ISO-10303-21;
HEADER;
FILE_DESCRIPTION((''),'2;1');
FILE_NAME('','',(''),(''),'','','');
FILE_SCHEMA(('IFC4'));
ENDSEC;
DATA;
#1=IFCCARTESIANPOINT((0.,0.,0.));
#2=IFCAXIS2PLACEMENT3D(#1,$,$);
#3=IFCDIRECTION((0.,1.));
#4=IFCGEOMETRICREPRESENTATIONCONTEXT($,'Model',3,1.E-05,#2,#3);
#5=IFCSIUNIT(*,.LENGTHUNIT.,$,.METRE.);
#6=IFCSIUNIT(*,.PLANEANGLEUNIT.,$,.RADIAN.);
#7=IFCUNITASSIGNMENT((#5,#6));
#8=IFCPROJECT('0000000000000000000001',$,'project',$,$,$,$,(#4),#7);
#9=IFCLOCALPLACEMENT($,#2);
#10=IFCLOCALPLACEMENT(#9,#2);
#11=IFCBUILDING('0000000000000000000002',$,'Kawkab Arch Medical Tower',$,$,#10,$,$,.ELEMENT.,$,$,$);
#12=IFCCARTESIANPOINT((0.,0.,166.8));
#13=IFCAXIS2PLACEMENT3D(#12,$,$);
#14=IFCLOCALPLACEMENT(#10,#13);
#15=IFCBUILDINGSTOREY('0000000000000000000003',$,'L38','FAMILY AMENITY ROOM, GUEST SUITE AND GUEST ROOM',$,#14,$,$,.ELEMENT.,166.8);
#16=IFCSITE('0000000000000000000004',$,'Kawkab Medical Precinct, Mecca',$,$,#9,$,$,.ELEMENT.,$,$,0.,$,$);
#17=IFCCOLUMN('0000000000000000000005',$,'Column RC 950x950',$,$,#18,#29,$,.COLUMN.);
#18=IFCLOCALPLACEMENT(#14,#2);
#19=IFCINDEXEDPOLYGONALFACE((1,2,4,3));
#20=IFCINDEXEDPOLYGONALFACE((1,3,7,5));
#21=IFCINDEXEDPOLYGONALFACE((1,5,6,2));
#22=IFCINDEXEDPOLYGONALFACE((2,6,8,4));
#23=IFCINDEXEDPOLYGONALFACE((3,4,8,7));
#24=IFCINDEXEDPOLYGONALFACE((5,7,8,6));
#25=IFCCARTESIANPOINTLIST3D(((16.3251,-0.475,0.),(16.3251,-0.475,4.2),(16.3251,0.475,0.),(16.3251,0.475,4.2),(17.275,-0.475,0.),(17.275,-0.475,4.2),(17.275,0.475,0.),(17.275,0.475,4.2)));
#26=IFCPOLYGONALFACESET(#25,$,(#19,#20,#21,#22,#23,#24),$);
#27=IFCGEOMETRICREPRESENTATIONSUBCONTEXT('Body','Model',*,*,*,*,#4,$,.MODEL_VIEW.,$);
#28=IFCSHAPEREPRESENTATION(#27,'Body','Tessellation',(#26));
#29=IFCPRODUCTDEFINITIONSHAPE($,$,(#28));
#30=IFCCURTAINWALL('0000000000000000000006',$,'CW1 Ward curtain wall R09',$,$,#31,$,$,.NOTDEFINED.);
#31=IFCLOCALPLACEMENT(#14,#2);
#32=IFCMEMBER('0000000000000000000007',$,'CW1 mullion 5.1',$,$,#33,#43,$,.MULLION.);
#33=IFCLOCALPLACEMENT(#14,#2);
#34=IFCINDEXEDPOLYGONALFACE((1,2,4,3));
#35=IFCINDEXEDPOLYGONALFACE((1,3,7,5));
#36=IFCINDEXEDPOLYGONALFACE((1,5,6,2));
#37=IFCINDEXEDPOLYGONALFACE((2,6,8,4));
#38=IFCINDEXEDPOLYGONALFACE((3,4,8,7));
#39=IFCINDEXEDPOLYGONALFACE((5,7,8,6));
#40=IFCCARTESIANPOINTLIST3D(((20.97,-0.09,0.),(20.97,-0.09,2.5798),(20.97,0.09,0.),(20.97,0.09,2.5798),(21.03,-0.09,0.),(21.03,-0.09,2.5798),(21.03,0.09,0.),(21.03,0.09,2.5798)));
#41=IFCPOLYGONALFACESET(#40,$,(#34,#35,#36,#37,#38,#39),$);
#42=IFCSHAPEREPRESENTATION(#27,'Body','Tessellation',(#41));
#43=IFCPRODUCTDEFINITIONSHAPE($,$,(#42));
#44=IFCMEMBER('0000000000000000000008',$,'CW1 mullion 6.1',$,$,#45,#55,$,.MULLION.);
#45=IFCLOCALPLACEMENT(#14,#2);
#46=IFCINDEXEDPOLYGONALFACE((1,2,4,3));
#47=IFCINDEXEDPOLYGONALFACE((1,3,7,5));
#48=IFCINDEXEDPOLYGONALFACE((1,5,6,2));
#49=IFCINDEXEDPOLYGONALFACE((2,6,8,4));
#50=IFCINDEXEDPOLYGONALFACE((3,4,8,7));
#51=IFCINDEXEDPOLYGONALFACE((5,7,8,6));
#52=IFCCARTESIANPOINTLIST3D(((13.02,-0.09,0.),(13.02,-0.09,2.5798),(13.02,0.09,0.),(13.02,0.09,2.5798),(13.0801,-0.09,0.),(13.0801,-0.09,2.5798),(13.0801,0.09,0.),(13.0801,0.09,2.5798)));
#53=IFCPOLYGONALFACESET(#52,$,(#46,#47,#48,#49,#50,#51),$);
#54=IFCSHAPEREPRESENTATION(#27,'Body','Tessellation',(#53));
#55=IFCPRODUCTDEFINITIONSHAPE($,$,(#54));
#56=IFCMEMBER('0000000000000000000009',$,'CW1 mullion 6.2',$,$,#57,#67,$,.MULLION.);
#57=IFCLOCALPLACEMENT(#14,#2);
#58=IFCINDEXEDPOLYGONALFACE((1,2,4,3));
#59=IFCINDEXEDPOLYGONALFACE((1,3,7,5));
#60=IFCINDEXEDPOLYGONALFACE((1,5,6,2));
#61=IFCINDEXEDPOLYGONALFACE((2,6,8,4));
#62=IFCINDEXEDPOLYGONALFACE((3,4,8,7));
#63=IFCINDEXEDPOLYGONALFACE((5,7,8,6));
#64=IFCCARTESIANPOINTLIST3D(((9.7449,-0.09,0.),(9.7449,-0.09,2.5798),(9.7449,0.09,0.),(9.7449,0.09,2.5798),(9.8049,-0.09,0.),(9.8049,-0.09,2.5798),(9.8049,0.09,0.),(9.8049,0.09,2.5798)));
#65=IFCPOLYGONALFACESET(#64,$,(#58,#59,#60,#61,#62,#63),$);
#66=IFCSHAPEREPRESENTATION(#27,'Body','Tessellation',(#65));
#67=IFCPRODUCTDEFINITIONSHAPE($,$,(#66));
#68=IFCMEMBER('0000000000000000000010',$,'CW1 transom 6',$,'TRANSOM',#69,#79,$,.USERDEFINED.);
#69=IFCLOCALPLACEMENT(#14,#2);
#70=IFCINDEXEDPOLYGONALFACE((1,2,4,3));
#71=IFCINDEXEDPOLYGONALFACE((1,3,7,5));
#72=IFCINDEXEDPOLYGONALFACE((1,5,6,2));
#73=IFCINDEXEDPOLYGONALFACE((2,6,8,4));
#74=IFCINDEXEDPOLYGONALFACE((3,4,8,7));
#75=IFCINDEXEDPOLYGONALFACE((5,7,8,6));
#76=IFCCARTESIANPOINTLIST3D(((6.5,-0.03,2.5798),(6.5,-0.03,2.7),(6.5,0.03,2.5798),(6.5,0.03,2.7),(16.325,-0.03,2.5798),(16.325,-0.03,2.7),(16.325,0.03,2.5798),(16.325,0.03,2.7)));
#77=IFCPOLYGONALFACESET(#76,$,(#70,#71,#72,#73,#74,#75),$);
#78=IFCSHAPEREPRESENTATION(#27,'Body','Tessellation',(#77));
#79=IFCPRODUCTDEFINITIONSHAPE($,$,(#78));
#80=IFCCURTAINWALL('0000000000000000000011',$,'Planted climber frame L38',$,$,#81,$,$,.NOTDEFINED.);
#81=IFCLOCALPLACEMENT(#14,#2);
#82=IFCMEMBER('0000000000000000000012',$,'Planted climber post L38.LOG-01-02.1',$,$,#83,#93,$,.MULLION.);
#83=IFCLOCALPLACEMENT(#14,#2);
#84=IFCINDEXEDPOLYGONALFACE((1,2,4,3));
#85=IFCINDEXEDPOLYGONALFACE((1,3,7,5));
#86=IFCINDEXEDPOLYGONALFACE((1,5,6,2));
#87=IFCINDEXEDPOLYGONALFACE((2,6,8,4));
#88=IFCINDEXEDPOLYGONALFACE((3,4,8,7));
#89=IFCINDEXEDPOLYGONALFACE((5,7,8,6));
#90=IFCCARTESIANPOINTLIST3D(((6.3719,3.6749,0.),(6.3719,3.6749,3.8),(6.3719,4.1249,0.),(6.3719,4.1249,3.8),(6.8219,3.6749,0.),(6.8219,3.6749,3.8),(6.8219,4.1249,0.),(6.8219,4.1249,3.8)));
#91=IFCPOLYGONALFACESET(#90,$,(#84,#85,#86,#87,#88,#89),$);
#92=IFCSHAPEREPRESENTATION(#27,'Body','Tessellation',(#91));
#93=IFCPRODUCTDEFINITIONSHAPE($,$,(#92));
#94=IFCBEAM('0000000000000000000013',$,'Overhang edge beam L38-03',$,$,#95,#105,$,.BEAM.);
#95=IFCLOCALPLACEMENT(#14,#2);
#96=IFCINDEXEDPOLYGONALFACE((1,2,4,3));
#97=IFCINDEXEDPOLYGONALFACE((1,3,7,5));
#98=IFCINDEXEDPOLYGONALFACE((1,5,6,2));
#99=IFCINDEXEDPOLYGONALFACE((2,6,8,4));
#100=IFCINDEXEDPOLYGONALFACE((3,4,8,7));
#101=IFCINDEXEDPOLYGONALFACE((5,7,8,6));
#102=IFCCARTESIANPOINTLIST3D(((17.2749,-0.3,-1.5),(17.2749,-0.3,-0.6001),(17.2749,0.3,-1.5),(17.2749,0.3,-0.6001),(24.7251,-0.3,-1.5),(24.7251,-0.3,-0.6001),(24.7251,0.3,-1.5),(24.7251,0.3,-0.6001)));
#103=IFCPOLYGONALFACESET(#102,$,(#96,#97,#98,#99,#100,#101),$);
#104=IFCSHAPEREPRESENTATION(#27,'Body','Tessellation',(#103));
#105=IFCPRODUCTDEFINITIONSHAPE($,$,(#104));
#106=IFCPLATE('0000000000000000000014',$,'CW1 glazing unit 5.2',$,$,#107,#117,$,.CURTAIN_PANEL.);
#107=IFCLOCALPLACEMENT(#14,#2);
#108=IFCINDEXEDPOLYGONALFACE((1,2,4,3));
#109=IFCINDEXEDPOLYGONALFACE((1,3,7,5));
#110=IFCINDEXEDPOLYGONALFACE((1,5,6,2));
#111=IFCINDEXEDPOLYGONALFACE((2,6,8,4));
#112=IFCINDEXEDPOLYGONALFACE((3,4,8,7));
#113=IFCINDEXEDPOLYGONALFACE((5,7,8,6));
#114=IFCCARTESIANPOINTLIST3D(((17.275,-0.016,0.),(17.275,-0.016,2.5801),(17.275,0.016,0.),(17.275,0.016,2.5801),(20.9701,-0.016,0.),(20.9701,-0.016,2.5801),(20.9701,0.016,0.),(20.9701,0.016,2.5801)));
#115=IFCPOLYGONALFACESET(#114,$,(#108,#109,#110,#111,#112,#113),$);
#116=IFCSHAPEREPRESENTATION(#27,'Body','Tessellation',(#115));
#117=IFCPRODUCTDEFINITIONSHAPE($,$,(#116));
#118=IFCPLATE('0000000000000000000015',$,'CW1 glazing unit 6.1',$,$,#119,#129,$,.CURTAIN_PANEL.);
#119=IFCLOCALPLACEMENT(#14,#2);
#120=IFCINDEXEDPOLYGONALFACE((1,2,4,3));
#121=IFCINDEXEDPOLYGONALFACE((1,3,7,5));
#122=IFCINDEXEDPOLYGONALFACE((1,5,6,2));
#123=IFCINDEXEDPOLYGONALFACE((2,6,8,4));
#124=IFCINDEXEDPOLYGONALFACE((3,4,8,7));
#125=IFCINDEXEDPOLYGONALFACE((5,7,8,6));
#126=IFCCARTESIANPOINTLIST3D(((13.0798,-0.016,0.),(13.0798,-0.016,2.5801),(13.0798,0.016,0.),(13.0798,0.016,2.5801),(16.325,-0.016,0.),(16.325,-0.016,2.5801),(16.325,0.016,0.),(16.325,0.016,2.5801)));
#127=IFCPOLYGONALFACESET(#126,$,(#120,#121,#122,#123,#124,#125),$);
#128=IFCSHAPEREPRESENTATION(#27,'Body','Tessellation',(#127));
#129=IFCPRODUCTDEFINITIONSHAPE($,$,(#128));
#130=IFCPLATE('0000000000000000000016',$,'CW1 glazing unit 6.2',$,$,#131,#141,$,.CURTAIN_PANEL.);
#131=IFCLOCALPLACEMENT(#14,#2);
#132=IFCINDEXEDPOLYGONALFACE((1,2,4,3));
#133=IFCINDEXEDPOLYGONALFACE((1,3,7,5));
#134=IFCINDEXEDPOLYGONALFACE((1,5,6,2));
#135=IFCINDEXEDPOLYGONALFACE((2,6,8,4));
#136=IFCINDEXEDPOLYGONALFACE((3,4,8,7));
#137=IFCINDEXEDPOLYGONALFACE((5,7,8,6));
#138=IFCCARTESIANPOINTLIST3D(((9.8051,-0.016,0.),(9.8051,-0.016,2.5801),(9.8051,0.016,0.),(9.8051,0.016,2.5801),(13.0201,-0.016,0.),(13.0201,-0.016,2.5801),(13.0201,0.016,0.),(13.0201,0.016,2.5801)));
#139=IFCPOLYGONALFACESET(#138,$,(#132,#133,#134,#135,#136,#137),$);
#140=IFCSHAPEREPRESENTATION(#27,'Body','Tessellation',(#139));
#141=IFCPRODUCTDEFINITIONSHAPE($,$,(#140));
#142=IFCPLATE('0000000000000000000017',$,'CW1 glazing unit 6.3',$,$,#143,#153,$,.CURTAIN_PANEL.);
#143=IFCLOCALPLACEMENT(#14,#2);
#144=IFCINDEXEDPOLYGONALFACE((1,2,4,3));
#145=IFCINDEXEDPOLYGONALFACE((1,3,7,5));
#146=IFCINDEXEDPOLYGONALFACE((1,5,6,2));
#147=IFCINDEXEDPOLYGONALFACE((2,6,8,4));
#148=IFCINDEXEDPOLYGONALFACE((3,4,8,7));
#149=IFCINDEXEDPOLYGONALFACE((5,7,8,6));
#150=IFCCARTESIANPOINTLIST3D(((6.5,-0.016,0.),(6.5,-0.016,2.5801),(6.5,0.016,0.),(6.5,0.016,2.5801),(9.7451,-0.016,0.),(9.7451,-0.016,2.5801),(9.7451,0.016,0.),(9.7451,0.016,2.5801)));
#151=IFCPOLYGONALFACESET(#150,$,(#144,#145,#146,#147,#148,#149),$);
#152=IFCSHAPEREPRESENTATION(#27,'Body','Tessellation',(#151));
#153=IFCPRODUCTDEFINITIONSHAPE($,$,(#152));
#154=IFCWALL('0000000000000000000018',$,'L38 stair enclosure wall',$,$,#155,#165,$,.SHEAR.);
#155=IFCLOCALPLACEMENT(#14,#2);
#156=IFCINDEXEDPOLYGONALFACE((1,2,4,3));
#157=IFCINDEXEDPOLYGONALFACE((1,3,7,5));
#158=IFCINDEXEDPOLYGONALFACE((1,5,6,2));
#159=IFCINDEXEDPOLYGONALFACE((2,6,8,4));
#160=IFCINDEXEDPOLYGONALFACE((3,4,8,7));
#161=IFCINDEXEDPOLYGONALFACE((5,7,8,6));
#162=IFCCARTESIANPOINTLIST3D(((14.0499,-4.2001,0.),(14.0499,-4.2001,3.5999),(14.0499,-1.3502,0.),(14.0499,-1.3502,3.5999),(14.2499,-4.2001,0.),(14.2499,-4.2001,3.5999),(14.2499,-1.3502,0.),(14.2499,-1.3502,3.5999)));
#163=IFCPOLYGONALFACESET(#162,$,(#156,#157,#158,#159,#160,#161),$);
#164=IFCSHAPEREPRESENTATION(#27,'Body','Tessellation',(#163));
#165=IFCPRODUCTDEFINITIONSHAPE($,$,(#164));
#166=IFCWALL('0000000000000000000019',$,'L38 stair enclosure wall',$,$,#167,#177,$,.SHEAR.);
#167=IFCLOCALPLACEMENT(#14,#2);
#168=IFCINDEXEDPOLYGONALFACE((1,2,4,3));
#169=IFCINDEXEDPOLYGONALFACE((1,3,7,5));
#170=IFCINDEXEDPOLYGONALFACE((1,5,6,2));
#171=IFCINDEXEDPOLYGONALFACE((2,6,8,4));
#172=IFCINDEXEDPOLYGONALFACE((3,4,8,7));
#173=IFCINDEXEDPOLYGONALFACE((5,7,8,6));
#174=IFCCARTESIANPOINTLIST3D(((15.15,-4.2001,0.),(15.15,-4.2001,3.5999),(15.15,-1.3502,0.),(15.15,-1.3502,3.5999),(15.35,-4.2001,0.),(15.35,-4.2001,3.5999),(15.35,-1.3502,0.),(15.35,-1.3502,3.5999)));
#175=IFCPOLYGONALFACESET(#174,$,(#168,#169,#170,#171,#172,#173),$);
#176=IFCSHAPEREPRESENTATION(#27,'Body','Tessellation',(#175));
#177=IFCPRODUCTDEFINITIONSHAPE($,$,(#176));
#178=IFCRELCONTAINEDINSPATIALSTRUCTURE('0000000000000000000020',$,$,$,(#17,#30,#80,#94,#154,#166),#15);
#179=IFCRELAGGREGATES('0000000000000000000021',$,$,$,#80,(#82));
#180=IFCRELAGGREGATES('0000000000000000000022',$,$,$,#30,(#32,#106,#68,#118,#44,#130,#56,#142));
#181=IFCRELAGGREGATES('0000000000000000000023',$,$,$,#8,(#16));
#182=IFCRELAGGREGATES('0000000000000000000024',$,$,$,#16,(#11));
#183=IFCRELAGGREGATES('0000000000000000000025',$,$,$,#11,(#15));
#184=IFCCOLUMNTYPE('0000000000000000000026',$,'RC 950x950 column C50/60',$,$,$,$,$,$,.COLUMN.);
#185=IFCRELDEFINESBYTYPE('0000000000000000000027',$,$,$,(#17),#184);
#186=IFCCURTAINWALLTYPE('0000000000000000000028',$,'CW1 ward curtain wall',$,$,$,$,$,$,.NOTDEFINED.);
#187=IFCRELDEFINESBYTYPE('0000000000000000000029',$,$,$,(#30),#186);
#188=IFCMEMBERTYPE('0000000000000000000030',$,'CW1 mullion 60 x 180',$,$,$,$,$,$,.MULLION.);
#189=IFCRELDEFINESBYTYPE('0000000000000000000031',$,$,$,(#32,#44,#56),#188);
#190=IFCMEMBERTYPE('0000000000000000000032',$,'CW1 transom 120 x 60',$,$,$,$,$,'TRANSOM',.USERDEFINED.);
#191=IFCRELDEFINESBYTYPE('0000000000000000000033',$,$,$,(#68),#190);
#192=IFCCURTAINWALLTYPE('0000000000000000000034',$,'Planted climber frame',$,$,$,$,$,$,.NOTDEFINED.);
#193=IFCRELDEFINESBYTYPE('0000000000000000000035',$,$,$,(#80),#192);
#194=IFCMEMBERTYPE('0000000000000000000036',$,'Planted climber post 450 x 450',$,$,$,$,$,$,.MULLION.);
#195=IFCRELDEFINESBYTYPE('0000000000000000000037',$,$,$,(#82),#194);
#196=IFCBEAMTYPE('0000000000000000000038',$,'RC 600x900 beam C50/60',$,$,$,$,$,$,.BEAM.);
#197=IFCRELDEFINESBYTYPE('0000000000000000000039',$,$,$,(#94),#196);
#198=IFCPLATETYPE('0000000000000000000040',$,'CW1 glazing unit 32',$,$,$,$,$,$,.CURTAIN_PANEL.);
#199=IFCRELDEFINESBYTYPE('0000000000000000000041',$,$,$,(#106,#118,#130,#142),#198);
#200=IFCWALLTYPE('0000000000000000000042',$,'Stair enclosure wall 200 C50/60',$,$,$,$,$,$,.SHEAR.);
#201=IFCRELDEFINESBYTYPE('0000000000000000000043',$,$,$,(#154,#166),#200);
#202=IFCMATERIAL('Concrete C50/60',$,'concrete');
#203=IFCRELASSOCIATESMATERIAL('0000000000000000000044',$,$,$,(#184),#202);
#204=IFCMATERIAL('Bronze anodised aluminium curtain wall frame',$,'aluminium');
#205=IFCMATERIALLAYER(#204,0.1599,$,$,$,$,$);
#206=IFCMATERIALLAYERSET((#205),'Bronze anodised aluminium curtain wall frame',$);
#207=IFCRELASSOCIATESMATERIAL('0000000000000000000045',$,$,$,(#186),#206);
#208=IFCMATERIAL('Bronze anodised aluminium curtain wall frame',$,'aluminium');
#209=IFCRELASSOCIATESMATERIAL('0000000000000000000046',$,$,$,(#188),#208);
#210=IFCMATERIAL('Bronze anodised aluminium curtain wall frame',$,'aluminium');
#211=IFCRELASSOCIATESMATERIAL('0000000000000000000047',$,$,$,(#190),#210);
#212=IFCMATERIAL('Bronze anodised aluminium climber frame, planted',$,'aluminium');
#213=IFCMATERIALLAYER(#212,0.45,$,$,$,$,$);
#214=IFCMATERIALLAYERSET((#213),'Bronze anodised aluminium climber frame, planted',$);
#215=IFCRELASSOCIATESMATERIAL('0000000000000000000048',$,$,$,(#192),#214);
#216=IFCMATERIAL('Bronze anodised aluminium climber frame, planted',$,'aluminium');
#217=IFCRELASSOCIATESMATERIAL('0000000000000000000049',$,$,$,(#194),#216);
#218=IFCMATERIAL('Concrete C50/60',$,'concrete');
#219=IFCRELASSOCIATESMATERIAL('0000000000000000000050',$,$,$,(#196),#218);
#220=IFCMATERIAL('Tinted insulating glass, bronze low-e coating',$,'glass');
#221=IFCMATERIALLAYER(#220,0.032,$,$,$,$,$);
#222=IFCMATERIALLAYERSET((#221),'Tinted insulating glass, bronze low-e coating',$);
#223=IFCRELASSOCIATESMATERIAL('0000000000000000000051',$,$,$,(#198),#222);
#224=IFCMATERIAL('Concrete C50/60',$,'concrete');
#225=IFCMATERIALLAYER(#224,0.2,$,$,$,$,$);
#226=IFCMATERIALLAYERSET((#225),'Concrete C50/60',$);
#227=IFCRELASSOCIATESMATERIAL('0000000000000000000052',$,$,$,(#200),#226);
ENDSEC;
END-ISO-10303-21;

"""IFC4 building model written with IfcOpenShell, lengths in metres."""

from ifc_helpers import new_model, si_unit, direction, frame, frame_2d, origin, origin_2d, place, context, subcontext, project, spatial, rectangle, extrude, material, layer, layer_set, material_profile, profile_set, type_object, element, aggregate, save


model = new_model("IFC4")

# Units and contexts
model_context = context("Model", 3, precision=1e-05, world=origin(), true_north=direction((0.0, 1.0)))
body_context = subcontext(model_context, "Body", "Model", "MODEL_VIEW")
ifc_project = project(units=[si_unit("LENGTHUNIT", "METRE"), si_unit("PLANEANGLEUNIT", "RADIAN")], contexts=[model_context])

# Site, building, storey
site_placement = place(None, origin())
site = spatial("IfcSite", under=ifc_project, at=site_placement, Name="Kawkab Medical Precinct, Mecca", CompositionType="ELEMENT", RefElevation=0.0)
building_placement = place(site_placement, origin())
building = spatial("IfcBuilding", under=site, at=building_placement, Name="Kawkab Arch Medical Tower", CompositionType="ELEMENT")
storey_placement = place(building_placement, frame((0.0, 0.0, 166.8)))
storey = spatial("IfcBuildingStorey", under=building, at=storey_placement, Name="L38", Description="FAMILY AMENITY ROOM, GUEST SUITE AND GUEST ROOM", CompositionType="ELEMENT", Elevation=166.8)

# Column
ifc_material_1 = material(Name="Concrete C50/60", Category="concrete")
ifc_material_profile_1 = material_profile(ifc_material_1, rectangle(XDim=0.95, YDim=0.95, at=origin_2d()), Name="RC 950x950")
ifc_profile_set_1 = profile_set([ifc_material_profile_1], Name="Concrete C50/60")
column_type = type_object("IfcColumnType", Name="RC 950x950 column C50/60", PredefinedType="COLUMN", material=ifc_profile_set_1)
column_placement = place(storey_placement, frame((16.8, 0.0, 0.0), z_axis=(0.0, 0.0, 1.0), x_axis=(1.0, 0.0, 0.0)))
element("IfcColumn", 1, at=column_placement, inside=storey, type_object=column_type, Name="Column RC 950x950", PredefinedType="COLUMN", context=body_context, shape_type="SweptSolid", body=[
    extrude(rectangle(XDim=0.95, YDim=0.95, at=origin_2d()), origin(), (0.0, 0.0, 1.0), 4.2),
])

# Curtain wall, members
ifc_material_2 = material(Name="Bronze anodised aluminium curtain wall frame", Category="aluminium")
ifc_layer_1 = layer(ifc_material_2, 0.1599)
ifc_layer_set_1 = layer_set([ifc_layer_1], Name="Bronze anodised aluminium curtain wall frame")
curtain_wall_type_1 = type_object("IfcCurtainWallType", Name="CW1 ward curtain wall", PredefinedType="NOTDEFINED", material=ifc_layer_set_1)
placement = place(storey_placement, origin())
curtain_wall_1 = element("IfcCurtainWall", 2, at=placement, inside=storey, type_object=curtain_wall_type_1, Name="CW1 Ward curtain wall R09", PredefinedType="NOTDEFINED")
ifc_material_3 = material(Name="Bronze anodised aluminium curtain wall frame", Category="aluminium")
ifc_material_profile_2 = material_profile(ifc_material_3, rectangle(XDim=0.1799, YDim=0.0601, at=origin_2d()), Name="AL 60x180")
ifc_profile_set_2 = profile_set([ifc_material_profile_2], Name="Bronze anodised aluminium curtain wall frame")
member_type_1 = type_object("IfcMemberType", Name="CW1 mullion 60 x 180", PredefinedType="MULLION", material=ifc_profile_set_2)
member_1_placement = place(storey_placement, frame((21.0, 0.0, 0.0), z_axis=(0.0, 0.0, 1.0), x_axis=(0.0, -1.0, 0.0)))
member_1 = element("IfcMember", 3, at=member_1_placement, type_object=member_type_1, Name="CW1 mullion 5.1", PredefinedType="MULLION", context=body_context, shape_type="SweptSolid", body=[
    extrude(rectangle(XDim=0.1799, YDim=0.0601, at=origin_2d()), origin(), (0.0, 0.0, 1.0), 2.5798),
])
member_2_placement = place(storey_placement, frame((13.05, 0.0, 0.0), z_axis=(0.0, 0.0, 1.0), x_axis=(0.0, -1.0, 0.0)))
member_2 = element("IfcMember", 4, at=member_2_placement, type_object=member_type_1, Name="CW1 mullion 6.1", PredefinedType="MULLION", context=body_context, shape_type="SweptSolid", body=[
    extrude(rectangle(XDim=0.1799, YDim=0.0601, at=origin_2d()), origin(), (0.0, 0.0, 1.0), 2.5798),
])
member_3_placement = place(storey_placement, frame((9.7749, 0.0, 0.0), z_axis=(0.0, 0.0, 1.0), x_axis=(0.0, -1.0, 0.0)))
member_3 = element("IfcMember", 5, at=member_3_placement, type_object=member_type_1, Name="CW1 mullion 6.2", PredefinedType="MULLION", context=body_context, shape_type="SweptSolid", body=[
    extrude(rectangle(XDim=0.1799, YDim=0.0601, at=origin_2d()), origin(), (0.0, 0.0, 1.0), 2.5798),
])
ifc_material_4 = material(Name="Bronze anodised aluminium curtain wall frame", Category="aluminium")
ifc_material_profile_3 = material_profile(ifc_material_4, rectangle(XDim=0.0601, YDim=0.1201, at=origin_2d()), Name="AL 60x120")
ifc_profile_set_3 = profile_set([ifc_material_profile_3], Name="Bronze anodised aluminium curtain wall frame")
member_type_2 = type_object("IfcMemberType", Name="CW1 transom 120 x 60", ElementType="TRANSOM", PredefinedType="USERDEFINED", material=ifc_profile_set_3)
member_4_placement = place(storey_placement, frame((16.325, 0.0, 2.6399), z_axis=(-1.0, 0.0, 0.0), x_axis=(0.0, -1.0, 0.0)))
member_4 = element("IfcMember", 6, at=member_4_placement, type_object=member_type_2, Name="CW1 transom 6", ObjectType="TRANSOM", PredefinedType="USERDEFINED", context=body_context, shape_type="SweptSolid", body=[
    extrude(rectangle(XDim=0.0601, YDim=0.1201, at=origin_2d()), origin(), (0.0, 0.0, 1.0), 9.825),
])

# Curtain wall, member
ifc_material_5 = material(Name="Bronze anodised aluminium climber frame, planted", Category="aluminium")
ifc_layer_2 = layer(ifc_material_5, 0.45)
ifc_layer_set_2 = layer_set([ifc_layer_2], Name="Bronze anodised aluminium climber frame, planted")
curtain_wall_type_2 = type_object("IfcCurtainWallType", Name="Planted climber frame", PredefinedType="NOTDEFINED", material=ifc_layer_set_2)
curtain_wall_2 = element("IfcCurtainWall", 7, at=placement, inside=storey, type_object=curtain_wall_type_2, Name="Planted climber frame L38", PredefinedType="NOTDEFINED")
ifc_material_6 = material(Name="Bronze anodised aluminium climber frame, planted", Category="aluminium")
ifc_material_profile_4 = material_profile(ifc_material_6, rectangle(XDim=0.45, YDim=0.45, at=origin_2d()), Name="Post 450x450")
ifc_profile_set_4 = profile_set([ifc_material_profile_4], Name="Bronze anodised aluminium climber frame, planted")
member_type_3 = type_object("IfcMemberType", Name="Planted climber post 450 x 450", PredefinedType="MULLION", material=ifc_profile_set_4)
member_5_placement = place(storey_placement, frame((6.5969, 3.8999, 0.0), z_axis=(0.0, 0.0, 1.0), x_axis=(1.0, 0.0, 0.0)))
member_5 = element("IfcMember", 8, at=member_5_placement, type_object=member_type_3, Name="Planted climber post L38.LOG-01-02.1", PredefinedType="MULLION", context=body_context, shape_type="SweptSolid", body=[
    extrude(rectangle(XDim=0.45, YDim=0.45, at=origin_2d()), origin(), (0.0, 0.0, 1.0), 3.8),
])
aggregate(curtain_wall_2, [member_5])

# Beam
ifc_material_7 = material(Name="Concrete C50/60", Category="concrete")
ifc_material_profile_5 = material_profile(ifc_material_7, rectangle(XDim=0.6001, YDim=0.8999, at=origin_2d()), Name="RC 600x900")
ifc_profile_set_5 = profile_set([ifc_material_profile_5], Name="Concrete C50/60")
beam_type = type_object("IfcBeamType", Name="RC 600x900 beam C50/60", PredefinedType="BEAM", material=ifc_profile_set_5)
beam_placement = place(storey_placement, frame((17.2749, 0.0, -1.05), z_axis=(1.0, 0.0, 0.0), x_axis=(0.0, 1.0, 0.0)))
element("IfcBeam", 9, at=beam_placement, inside=storey, type_object=beam_type, Name="Overhang edge beam L38-03", PredefinedType="BEAM", context=body_context, shape_type="SweptSolid", body=[
    extrude(rectangle(XDim=0.6001, YDim=0.8999, at=origin_2d()), origin(), (0.0, 0.0, 1.0), 7.4502),
])

# Plates
ifc_material_8 = material(Name="Tinted insulating glass, bronze low-e coating", Category="glass")
ifc_layer_3 = layer(ifc_material_8, 0.032)
ifc_layer_set_3 = layer_set([ifc_layer_3], Name="Tinted insulating glass, bronze low-e coating")
plate_type = type_object("IfcPlateType", Name="CW1 glazing unit 32", PredefinedType="CURTAIN_PANEL", material=ifc_layer_set_3)
plate_1_placement = place(storey_placement, frame((19.1226, 0.0, 0.0), z_axis=(0.0, 0.0, 1.0), x_axis=(-1.0, 0.0, 0.0)))
plate_1 = element("IfcPlate", 10, at=plate_1_placement, type_object=plate_type, Name="CW1 glazing unit 5.2", PredefinedType="CURTAIN_PANEL", context=body_context, shape_type="SweptSolid", body=[
    extrude(rectangle(XDim=3.6951, YDim=0.032, at=origin_2d()), origin(), (0.0, 0.0, 1.0), 2.5801),
])
plate_2_placement = place(storey_placement, frame((14.7024, 0.0, 0.0), z_axis=(0.0, 0.0, 1.0), x_axis=(-1.0, 0.0, 0.0)))
plate_2 = element("IfcPlate", 11, at=plate_2_placement, type_object=plate_type, Name="CW1 glazing unit 6.1", PredefinedType="CURTAIN_PANEL", context=body_context, shape_type="SweptSolid", body=[
    extrude(rectangle(XDim=3.2451, YDim=0.032, at=origin_2d()), origin(), (0.0, 0.0, 1.0), 2.5801),
])
plate_3_placement = place(storey_placement, frame((11.4126, 0.0, 0.0), z_axis=(0.0, 0.0, 1.0), x_axis=(-1.0, 0.0, 0.0)))
plate_3 = element("IfcPlate", 12, at=plate_3_placement, type_object=plate_type, Name="CW1 glazing unit 6.2", PredefinedType="CURTAIN_PANEL", context=body_context, shape_type="SweptSolid", body=[
    extrude(rectangle(XDim=3.2151, YDim=0.032, at=origin_2d()), origin(), (0.0, 0.0, 1.0), 2.5801),
])
plate_4_placement = place(storey_placement, frame((8.1226, 0.0, 0.0), z_axis=(0.0, 0.0, 1.0), x_axis=(-1.0, 0.0, 0.0)))
plate_4 = element("IfcPlate", 13, at=plate_4_placement, type_object=plate_type, Name="CW1 glazing unit 6.3", PredefinedType="CURTAIN_PANEL", context=body_context, shape_type="SweptSolid", body=[
    extrude(rectangle(XDim=3.2451, YDim=0.032, at=origin_2d()), origin(), (0.0, 0.0, 1.0), 2.5801),
])
aggregate(curtain_wall_1, [member_1, plate_1, member_4, plate_2, member_2, plate_3, member_3, plate_4])

# Walls
ifc_material_9 = material(Name="Concrete C50/60", Category="concrete")
ifc_layer_4 = layer(ifc_material_9, 0.2)
ifc_layer_set_4 = layer_set([ifc_layer_4], Name="Concrete C50/60")
wall_type_1 = type_object("IfcWallType", Name="Stair enclosure wall 200 C50/60", PredefinedType="SHEAR", material=ifc_layer_set_4)
for number, where, z_axis, x_axis, name in (
    (14, (14.1499, -4.2, 0.0), (0.0, 0.0, 1.0), (0.0, 1.0, 0.0), "L38 stair enclosure wall"),
    (15, (15.25, -4.2, 0.0), (0.0, 0.0, 1.0), (0.0, 1.0, 0.0), "L38 stair enclosure wall"),
):
    element("IfcWall", number, at=place(storey_placement, frame(where, z_axis=z_axis, x_axis=x_axis)), inside=storey, type_object=wall_type_1, Name=name, PredefinedType="SHEAR", context=body_context, shape_type="SweptSolid", body=[
        extrude(rectangle(XDim=2.8499, YDim=0.2, at=frame_2d((1.4248, 0.0))), origin(), (0.0, 0.0, 1.0), 3.5999),
    ])

save(model, "model.ifc")
